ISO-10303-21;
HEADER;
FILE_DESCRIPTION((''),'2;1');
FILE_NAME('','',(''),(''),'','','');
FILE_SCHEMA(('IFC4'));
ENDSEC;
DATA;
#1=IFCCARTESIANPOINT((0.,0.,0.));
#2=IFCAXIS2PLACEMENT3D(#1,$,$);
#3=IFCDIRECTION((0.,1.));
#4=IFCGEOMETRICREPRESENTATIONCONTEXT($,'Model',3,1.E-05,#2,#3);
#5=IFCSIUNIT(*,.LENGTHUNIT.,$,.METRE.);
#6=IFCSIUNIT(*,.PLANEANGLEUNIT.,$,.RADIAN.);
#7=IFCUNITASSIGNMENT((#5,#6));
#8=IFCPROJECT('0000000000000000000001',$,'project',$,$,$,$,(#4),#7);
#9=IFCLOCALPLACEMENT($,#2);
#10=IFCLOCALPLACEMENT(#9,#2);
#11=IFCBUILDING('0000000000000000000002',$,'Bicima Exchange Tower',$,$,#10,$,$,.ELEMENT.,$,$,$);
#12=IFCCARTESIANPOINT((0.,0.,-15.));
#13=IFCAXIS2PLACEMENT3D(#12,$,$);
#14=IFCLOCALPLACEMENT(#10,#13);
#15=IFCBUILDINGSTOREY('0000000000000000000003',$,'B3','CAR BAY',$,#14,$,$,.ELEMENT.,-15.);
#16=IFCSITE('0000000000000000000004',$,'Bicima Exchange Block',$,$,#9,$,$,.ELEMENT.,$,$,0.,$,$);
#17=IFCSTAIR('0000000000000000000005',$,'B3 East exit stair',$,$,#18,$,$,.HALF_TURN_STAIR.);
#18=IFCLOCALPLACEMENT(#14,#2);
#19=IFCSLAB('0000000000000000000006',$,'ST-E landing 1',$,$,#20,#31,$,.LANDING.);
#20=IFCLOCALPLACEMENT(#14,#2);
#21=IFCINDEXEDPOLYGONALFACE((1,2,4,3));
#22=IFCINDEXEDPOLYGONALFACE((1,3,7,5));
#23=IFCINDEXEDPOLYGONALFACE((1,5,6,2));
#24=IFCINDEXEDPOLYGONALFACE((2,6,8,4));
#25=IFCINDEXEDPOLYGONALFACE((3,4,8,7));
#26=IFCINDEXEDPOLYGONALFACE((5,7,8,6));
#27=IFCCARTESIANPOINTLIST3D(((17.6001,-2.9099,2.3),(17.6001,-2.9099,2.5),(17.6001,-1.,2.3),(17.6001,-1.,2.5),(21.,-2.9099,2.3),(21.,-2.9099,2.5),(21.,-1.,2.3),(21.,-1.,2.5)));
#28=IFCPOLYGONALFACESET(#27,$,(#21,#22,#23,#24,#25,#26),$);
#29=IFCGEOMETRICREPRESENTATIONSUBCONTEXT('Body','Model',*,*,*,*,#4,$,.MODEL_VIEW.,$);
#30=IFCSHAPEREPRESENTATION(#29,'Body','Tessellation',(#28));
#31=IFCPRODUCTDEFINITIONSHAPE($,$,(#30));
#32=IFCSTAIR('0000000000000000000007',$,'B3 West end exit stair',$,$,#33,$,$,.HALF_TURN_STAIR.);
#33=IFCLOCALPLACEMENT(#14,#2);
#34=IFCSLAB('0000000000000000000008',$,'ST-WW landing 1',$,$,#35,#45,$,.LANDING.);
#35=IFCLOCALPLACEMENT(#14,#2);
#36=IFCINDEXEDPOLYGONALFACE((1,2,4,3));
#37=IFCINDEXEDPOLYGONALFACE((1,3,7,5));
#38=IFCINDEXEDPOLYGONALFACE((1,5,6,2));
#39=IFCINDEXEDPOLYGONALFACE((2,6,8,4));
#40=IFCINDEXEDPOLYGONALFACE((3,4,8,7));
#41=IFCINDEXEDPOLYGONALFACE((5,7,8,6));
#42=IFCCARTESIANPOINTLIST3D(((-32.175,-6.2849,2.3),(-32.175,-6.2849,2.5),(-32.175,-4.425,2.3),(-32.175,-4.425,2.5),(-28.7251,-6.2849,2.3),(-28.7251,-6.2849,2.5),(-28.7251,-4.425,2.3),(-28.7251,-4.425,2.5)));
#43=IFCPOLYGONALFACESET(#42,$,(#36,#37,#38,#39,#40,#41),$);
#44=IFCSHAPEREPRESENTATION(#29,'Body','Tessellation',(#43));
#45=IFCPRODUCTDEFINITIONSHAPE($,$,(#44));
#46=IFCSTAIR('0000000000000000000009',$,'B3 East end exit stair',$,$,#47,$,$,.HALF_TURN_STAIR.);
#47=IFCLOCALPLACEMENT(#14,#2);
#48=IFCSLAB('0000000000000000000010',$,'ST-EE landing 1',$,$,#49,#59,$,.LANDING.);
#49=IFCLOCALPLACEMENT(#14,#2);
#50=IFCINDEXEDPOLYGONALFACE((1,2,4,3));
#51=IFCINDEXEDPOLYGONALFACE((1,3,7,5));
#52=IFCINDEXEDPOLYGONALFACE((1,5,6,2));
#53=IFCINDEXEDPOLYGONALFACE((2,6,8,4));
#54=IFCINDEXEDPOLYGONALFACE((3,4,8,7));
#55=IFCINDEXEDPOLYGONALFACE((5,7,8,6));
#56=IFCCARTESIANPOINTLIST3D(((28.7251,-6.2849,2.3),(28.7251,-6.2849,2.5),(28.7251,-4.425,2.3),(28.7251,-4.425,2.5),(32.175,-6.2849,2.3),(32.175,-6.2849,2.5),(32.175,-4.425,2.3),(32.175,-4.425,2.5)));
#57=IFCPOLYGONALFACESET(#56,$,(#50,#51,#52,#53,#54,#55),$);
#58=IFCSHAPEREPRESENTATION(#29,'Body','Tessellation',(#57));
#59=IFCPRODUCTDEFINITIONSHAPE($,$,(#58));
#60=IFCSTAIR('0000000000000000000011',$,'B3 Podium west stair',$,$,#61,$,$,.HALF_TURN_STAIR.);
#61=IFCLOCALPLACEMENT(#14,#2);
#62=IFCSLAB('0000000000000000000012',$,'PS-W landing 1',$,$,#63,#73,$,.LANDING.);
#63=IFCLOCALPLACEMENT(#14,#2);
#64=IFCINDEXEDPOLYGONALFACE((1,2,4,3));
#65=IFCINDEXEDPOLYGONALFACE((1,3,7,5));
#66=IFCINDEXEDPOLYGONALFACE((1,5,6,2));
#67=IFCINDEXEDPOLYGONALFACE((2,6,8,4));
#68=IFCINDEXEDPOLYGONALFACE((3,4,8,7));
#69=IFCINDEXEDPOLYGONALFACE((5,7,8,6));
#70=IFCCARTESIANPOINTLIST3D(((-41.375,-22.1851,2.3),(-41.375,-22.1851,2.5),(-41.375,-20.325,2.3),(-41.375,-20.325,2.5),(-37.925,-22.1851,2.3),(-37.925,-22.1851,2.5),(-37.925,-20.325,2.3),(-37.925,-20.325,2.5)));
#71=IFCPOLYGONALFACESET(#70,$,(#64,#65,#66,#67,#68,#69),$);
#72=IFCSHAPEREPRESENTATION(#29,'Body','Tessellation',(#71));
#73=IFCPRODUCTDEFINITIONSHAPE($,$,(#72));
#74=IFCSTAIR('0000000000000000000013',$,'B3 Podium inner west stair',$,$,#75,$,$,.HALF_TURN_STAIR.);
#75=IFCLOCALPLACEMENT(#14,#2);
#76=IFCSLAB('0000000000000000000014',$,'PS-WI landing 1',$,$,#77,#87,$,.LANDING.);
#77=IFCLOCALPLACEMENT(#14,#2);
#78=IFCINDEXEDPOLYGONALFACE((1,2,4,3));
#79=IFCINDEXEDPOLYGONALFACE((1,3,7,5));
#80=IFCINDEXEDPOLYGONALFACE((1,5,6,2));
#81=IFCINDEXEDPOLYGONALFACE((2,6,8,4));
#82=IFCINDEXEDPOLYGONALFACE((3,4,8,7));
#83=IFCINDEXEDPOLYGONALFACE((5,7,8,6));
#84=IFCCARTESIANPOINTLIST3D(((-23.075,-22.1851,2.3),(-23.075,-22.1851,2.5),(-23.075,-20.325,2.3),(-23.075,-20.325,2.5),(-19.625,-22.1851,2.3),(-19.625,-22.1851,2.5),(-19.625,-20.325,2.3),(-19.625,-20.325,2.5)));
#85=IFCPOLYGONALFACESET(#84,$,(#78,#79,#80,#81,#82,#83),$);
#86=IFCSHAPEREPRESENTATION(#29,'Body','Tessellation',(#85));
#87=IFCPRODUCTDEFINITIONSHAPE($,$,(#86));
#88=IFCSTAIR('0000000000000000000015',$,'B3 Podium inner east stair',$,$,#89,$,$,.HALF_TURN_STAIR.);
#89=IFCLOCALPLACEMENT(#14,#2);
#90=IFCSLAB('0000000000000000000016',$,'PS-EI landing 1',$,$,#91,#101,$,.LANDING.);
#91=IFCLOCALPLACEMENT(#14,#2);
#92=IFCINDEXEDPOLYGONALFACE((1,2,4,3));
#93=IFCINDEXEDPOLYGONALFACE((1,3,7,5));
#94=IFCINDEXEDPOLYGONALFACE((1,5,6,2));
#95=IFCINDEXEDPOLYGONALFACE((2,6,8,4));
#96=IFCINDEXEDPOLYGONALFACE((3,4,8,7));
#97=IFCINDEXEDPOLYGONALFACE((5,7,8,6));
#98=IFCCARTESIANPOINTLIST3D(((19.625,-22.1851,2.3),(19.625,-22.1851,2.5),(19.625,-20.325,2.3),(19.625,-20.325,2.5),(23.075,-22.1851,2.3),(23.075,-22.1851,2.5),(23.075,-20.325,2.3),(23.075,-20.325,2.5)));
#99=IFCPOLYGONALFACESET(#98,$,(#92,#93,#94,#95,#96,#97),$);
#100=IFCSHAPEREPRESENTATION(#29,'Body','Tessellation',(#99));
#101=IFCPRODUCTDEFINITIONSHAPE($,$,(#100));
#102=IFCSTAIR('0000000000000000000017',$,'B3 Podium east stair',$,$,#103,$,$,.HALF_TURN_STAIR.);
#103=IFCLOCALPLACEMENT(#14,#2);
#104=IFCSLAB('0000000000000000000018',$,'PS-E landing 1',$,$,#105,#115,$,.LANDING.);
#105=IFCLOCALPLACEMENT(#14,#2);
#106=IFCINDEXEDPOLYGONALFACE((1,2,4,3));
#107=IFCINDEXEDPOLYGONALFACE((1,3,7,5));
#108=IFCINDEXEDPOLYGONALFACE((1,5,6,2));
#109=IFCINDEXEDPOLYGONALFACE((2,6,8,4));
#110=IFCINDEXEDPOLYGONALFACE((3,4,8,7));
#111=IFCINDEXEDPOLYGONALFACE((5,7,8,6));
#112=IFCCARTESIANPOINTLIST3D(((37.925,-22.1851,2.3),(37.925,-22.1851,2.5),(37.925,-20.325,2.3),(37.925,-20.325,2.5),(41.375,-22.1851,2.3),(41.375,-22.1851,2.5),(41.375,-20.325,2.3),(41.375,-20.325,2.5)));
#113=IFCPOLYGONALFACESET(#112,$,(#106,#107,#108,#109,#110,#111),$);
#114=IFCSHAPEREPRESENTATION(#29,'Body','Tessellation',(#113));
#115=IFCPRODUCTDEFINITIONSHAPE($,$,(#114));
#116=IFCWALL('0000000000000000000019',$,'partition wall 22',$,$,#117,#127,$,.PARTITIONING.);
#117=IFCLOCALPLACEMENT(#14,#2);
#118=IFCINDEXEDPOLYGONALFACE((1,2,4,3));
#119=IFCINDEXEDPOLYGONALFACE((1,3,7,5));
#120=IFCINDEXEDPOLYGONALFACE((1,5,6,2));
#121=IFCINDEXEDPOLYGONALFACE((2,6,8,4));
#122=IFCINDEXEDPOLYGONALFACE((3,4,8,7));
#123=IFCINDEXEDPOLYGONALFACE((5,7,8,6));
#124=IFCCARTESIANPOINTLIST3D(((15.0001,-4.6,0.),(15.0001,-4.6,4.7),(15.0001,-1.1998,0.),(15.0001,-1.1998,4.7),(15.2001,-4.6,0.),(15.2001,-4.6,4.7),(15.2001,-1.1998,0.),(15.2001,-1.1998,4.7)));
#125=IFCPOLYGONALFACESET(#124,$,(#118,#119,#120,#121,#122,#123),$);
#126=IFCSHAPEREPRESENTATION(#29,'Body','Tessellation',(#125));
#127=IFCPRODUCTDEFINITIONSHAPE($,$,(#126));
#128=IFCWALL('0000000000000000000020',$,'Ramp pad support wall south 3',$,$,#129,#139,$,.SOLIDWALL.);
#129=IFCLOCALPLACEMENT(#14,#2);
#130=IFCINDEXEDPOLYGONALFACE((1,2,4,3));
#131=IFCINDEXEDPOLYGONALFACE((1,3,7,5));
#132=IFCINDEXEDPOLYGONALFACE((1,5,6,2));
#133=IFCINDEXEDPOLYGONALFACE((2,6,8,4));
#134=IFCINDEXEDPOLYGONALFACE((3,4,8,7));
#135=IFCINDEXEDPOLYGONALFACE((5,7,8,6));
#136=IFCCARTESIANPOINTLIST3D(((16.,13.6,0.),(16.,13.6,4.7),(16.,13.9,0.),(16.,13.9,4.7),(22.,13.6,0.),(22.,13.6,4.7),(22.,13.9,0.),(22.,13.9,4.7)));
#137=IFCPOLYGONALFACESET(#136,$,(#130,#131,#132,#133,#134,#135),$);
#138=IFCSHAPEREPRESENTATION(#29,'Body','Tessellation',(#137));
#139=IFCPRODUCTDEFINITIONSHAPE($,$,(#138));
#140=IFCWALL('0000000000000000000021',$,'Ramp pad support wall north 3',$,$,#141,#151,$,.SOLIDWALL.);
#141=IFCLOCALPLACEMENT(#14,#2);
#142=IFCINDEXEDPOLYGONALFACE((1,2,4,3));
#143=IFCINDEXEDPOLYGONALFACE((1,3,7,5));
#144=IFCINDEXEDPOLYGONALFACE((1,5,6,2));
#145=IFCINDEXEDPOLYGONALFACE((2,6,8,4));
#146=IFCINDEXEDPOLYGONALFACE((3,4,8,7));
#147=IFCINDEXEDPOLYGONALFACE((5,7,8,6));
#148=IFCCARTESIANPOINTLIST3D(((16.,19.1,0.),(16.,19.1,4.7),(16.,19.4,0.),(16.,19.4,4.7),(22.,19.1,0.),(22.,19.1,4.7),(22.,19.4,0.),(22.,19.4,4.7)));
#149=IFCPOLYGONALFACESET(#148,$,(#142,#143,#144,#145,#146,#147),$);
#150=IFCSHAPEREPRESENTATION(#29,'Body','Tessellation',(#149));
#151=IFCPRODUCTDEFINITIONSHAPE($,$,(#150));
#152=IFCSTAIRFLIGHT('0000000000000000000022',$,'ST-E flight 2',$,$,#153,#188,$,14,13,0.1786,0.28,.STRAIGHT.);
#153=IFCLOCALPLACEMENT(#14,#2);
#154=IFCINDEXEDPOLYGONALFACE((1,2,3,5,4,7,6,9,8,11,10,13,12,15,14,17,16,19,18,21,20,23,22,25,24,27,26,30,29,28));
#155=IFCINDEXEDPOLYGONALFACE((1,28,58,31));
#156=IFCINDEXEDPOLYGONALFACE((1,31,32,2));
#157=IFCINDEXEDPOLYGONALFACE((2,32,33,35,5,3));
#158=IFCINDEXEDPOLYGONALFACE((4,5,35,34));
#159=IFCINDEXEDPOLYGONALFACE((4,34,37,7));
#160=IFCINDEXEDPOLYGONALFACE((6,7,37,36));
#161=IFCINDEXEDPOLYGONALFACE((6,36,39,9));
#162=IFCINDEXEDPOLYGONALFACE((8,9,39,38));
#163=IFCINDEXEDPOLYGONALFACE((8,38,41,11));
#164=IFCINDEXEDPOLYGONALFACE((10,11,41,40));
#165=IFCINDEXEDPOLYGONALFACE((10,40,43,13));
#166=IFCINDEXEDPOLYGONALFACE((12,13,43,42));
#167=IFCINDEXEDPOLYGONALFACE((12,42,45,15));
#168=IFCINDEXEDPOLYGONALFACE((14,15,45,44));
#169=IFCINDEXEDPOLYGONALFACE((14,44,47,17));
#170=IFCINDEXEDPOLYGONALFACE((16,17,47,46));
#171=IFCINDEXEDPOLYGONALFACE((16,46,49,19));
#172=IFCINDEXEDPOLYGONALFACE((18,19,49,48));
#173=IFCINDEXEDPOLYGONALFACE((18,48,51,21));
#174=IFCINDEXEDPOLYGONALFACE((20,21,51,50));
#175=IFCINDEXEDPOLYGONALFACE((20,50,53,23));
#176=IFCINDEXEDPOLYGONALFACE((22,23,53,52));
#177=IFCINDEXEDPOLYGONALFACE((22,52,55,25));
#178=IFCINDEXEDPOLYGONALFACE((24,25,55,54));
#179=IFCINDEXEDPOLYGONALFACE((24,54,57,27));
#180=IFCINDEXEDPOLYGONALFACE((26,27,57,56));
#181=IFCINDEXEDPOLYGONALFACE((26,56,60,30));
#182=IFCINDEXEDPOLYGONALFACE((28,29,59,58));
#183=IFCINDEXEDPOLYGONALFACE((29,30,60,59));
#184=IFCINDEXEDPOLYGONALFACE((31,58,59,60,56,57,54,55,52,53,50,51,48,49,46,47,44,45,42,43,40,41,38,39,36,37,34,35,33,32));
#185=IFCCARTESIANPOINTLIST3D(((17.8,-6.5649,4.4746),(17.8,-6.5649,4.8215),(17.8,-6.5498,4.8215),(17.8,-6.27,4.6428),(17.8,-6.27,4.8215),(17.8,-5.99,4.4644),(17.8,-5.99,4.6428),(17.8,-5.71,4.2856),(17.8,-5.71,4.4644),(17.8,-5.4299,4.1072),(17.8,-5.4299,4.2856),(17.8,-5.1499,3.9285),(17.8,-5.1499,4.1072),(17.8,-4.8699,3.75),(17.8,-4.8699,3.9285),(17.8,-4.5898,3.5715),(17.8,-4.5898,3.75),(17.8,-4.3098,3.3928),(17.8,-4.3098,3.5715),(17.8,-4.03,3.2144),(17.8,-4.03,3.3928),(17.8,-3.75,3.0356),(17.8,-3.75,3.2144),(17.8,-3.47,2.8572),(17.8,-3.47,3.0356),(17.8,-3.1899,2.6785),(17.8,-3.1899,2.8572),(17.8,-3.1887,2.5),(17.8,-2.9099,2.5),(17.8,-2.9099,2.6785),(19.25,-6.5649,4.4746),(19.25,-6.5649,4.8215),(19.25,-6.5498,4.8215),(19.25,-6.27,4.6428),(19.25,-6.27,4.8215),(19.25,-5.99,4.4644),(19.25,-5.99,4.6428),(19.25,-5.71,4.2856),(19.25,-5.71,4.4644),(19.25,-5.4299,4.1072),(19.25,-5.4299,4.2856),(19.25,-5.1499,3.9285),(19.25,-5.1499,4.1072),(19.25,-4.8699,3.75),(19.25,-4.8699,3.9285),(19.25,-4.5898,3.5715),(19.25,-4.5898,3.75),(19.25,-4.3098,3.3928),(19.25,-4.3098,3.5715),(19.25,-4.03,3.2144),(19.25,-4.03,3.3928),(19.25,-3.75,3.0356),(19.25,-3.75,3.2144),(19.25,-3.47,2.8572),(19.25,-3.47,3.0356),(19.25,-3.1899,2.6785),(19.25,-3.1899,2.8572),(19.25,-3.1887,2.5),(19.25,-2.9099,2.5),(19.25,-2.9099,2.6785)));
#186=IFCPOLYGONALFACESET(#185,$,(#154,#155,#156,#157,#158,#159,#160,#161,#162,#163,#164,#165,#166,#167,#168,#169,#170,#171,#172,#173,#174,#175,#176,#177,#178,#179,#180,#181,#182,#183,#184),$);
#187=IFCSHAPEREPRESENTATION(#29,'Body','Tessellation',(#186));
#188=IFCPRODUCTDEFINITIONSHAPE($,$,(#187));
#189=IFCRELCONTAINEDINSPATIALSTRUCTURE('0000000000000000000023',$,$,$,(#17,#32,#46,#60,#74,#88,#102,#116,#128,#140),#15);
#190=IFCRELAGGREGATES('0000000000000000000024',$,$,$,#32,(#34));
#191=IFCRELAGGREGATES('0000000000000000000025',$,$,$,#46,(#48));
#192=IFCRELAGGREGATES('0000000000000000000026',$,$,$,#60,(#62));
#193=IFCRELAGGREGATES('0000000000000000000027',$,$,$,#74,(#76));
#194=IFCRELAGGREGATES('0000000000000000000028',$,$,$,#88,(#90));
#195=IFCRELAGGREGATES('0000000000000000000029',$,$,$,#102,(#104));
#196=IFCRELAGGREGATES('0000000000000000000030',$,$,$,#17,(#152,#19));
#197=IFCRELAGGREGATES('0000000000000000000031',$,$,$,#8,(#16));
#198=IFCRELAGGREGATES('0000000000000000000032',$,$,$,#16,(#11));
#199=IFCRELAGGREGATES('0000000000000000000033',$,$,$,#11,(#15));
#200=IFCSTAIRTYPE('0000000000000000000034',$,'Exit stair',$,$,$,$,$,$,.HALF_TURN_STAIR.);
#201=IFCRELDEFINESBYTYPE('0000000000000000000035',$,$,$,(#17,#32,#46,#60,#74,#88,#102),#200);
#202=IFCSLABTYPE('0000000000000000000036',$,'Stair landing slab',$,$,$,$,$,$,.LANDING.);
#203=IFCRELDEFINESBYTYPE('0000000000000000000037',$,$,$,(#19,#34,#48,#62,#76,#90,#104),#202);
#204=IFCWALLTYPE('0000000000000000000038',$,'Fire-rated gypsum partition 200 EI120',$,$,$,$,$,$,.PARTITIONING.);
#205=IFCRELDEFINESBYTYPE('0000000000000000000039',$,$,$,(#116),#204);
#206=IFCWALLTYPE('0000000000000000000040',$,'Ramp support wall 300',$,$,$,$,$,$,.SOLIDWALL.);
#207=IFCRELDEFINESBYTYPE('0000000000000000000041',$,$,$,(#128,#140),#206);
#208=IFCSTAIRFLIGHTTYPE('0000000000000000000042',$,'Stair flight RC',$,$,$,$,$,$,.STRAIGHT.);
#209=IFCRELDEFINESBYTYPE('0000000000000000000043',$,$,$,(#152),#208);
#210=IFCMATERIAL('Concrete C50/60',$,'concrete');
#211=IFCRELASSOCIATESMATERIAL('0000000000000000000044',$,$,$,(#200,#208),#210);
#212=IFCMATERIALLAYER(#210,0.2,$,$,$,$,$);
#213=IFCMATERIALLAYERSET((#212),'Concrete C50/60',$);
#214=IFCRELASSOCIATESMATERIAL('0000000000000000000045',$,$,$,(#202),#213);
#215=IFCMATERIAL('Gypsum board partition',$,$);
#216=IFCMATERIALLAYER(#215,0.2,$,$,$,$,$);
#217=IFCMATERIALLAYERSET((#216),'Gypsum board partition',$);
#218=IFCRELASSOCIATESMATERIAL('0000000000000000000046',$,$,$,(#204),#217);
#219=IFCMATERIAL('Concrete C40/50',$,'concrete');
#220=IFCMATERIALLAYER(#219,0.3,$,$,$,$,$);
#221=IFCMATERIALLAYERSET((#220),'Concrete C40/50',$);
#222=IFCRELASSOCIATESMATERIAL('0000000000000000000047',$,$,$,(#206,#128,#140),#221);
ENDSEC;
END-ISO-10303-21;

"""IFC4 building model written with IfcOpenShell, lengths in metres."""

from ifc_helpers import new_model, si_unit, direction, frame, frame_2d, origin, place, context, subcontext, project, spatial, polyline, rectangle, outline, extrude, material, layer, layer_set, layer_usage, type_object, element, aggregate, save


model = new_model("IFC4")

# Units and contexts
model_context = context("Model", 3, precision=1e-05, world=origin(), true_north=direction((0.0, 1.0)))
body_context = subcontext(model_context, "Body", "Model", "MODEL_VIEW")
ifc_project = project(units=[si_unit("LENGTHUNIT", "METRE"), si_unit("PLANEANGLEUNIT", "RADIAN")], contexts=[model_context])

# Site, building, storey
site_placement = place(None, origin())
site = spatial("IfcSite", under=ifc_project, at=site_placement, Name="Bicima Exchange Block", CompositionType="ELEMENT", RefElevation=0.0)
building_placement = place(site_placement, origin())
building = spatial("IfcBuilding", under=site, at=building_placement, Name="Bicima Exchange Tower", CompositionType="ELEMENT")
storey_placement = place(building_placement, frame((0.0, 0.0, -15.0)))
storey = spatial("IfcBuildingStorey", under=building, at=storey_placement, Name="B3", Description="CAR BAY", CompositionType="ELEMENT", Elevation=-15.0)

# Shared definitions
ifc_material_1 = material(Name="Concrete C40/50", Category="concrete")

# Stairs, slabs
ifc_material_2 = material(Name="Concrete C50/60", Category="concrete")
stair_type_1 = type_object("IfcStairType", Name="Exit stair", PredefinedType="HALF_TURN_STAIR", material=ifc_material_2)
ifc_layer_1 = layer(ifc_material_2, 0.2)
ifc_layer_set_1 = layer_set([ifc_layer_1], Name="Concrete C50/60")
slab_type = type_object("IfcSlabType", Name="Stair landing slab", PredefinedType="LANDING", material=ifc_layer_set_1)
stair_1_placement = place(storey_placement, origin())
stair_1 = element("IfcStair", 1, at=stair_1_placement, inside=storey, type_object=stair_type_1, Name="B3 East exit stair", PredefinedType="HALF_TURN_STAIR")
slab_1_placement = place(storey_placement, frame((0.0, 0.0, 2.3)))
slab_1 = element("IfcSlab", 2, at=slab_1_placement, type_object=slab_type, Name="ST-E landing 1", PredefinedType="LANDING", context=body_context, shape_type="SweptSolid", body=[
    extrude(outline(polyline([(21.0, -2.9099), (21.0, -1.0), (17.6001, -1.0), (17.6001, -2.9099), (21.0, -2.9099)])), origin(), (0.0, 0.0, 1.0), 0.2),
])
stair_2_placement = place(storey_placement, origin())
stair_2 = element("IfcStair", 3, at=stair_2_placement, inside=storey, type_object=stair_type_1, Name="B3 West end exit stair", PredefinedType="HALF_TURN_STAIR")
slab_2_placement = place(storey_placement, frame((0.0, 0.0, 2.3)))
slab_2 = element("IfcSlab", 4, at=slab_2_placement, type_object=slab_type, Name="ST-WW landing 1", PredefinedType="LANDING", context=body_context, shape_type="SweptSolid", body=[
    extrude(outline(polyline([(-28.7251, -6.2849), (-28.7251, -4.425), (-32.175, -4.425), (-32.175, -6.2849), (-28.7251, -6.2849)])), origin(), (0.0, 0.0, 1.0), 0.2),
])
aggregate(stair_2, [slab_2])
stair_3_placement = place(storey_placement, origin())
stair_3 = element("IfcStair", 5, at=stair_3_placement, inside=storey, type_object=stair_type_1, Name="B3 East end exit stair", PredefinedType="HALF_TURN_STAIR")
slab_3_placement = place(storey_placement, frame((0.0, 0.0, 2.3)))
slab_3 = element("IfcSlab", 6, at=slab_3_placement, type_object=slab_type, Name="ST-EE landing 1", PredefinedType="LANDING", context=body_context, shape_type="SweptSolid", body=[
    extrude(outline(polyline([(32.175, -6.2849), (32.175, -4.425), (28.7251, -4.425), (28.7251, -6.2849), (32.175, -6.2849)])), origin(), (0.0, 0.0, 1.0), 0.2),
])
aggregate(stair_3, [slab_3])
stair_4_placement = place(storey_placement, origin())
stair_4 = element("IfcStair", 7, at=stair_4_placement, inside=storey, type_object=stair_type_1, Name="B3 Podium west stair", PredefinedType="HALF_TURN_STAIR")
slab_4_placement = place(storey_placement, frame((0.0, 0.0, 2.3)))
slab_4 = element("IfcSlab", 8, at=slab_4_placement, type_object=slab_type, Name="PS-W landing 1", PredefinedType="LANDING", context=body_context, shape_type="SweptSolid", body=[
    extrude(outline(polyline([(-37.925, -22.1851), (-37.925, -20.325), (-41.375, -20.325), (-41.375, -22.1851), (-37.925, -22.1851)])), origin(), (0.0, 0.0, 1.0), 0.2),
])
aggregate(stair_4, [slab_4])
stair_5_placement = place(storey_placement, origin())
stair_5 = element("IfcStair", 9, at=stair_5_placement, inside=storey, type_object=stair_type_1, Name="B3 Podium inner west stair", PredefinedType="HALF_TURN_STAIR")
slab_5_placement = place(storey_placement, frame((0.0, 0.0, 2.3)))
slab_5 = element("IfcSlab", 10, at=slab_5_placement, type_object=slab_type, Name="PS-WI landing 1", PredefinedType="LANDING", context=body_context, shape_type="SweptSolid", body=[
    extrude(outline(polyline([(-19.625, -22.1851), (-19.625, -20.325), (-23.075, -20.325), (-23.075, -22.1851), (-19.625, -22.1851)])), origin(), (0.0, 0.0, 1.0), 0.2),
])
aggregate(stair_5, [slab_5])
stair_6_placement = place(storey_placement, origin())
stair_6 = element("IfcStair", 11, at=stair_6_placement, inside=storey, type_object=stair_type_1, Name="B3 Podium inner east stair", PredefinedType="HALF_TURN_STAIR")
slab_6_placement = place(storey_placement, frame((0.0, 0.0, 2.3)))
slab_6 = element("IfcSlab", 12, at=slab_6_placement, type_object=slab_type, Name="PS-EI landing 1", PredefinedType="LANDING", context=body_context, shape_type="SweptSolid", body=[
    extrude(outline(polyline([(23.075, -22.1851), (23.075, -20.325), (19.625, -20.325), (19.625, -22.1851), (23.075, -22.1851)])), origin(), (0.0, 0.0, 1.0), 0.2),
])
aggregate(stair_6, [slab_6])
stair_7_placement = place(storey_placement, origin())
stair_7 = element("IfcStair", 13, at=stair_7_placement, inside=storey, type_object=stair_type_1, Name="B3 Podium east stair", PredefinedType="HALF_TURN_STAIR")
slab_7_placement = place(storey_placement, frame((0.0, 0.0, 2.3)))
slab_7 = element("IfcSlab", 14, at=slab_7_placement, type_object=slab_type, Name="PS-E landing 1", PredefinedType="LANDING", context=body_context, shape_type="SweptSolid", body=[
    extrude(outline(polyline([(41.375, -22.1851), (41.375, -20.325), (37.925, -20.325), (37.925, -22.1851), (41.375, -22.1851)])), origin(), (0.0, 0.0, 1.0), 0.2),
])
aggregate(stair_7, [slab_7])

# Walls
ifc_material_3 = material(Name="Gypsum board partition")
ifc_layer_2 = layer(ifc_material_3, 0.2)
ifc_layer_set_2 = layer_set([ifc_layer_2], Name="Gypsum board partition")
wall_type_1 = type_object("IfcWallType", Name="Fire-rated gypsum partition 200 EI120", PredefinedType="PARTITIONING", material=ifc_layer_set_2)
wall_placement = place(storey_placement, frame((15.1001, -4.6001, 0.0), z_axis=(0.0, 0.0, 1.0), x_axis=(0.0, 1.0, 0.0)))
element("IfcWall", 15, at=wall_placement, inside=storey, type_object=wall_type_1, Name="partition wall 22", PredefinedType="PARTITIONING", context=body_context, shape_type="SweptSolid", body=[
    extrude(rectangle(XDim=3.4001, YDim=0.2, at=frame_2d((1.7002, 0.0))), origin(), (0.0, 0.0, 1.0), 4.7),
])
ifc_layer_3 = layer(ifc_material_1, 0.3)
ifc_layer_set_3 = layer_set([ifc_layer_3], Name="Concrete C40/50")
ifc_layer_usage = layer_usage(ifc_layer_set_3, "AXIS2", "POSITIVE", -0.15)
wall_type_2 = type_object("IfcWallType", Name="Ramp support wall 300", PredefinedType="SOLIDWALL", material=ifc_layer_set_3)
for number, where, z_axis, x_axis, name in (
    (16, (16.0, 13.75, 0.0), (0.0, 0.0, 1.0), (1.0, 0.0, 0.0), "Ramp pad support wall south 3"),
    (17, (16.0, 19.25, 0.0), (0.0, 0.0, 1.0), (1.0, 0.0, 0.0), "Ramp pad support wall north 3"),
):
    element("IfcWall", number, at=place(storey_placement, frame(where, z_axis=z_axis, x_axis=x_axis)), inside=storey, type_object=wall_type_2, material=ifc_layer_usage, Name=name, PredefinedType="SOLIDWALL", context=body_context, shape_type="SweptSolid", body=[
        extrude(rectangle(XDim=6.0, YDim=0.3, at=frame_2d((3.0, 0.0))), origin(), (0.0, 0.0, 1.0), 4.7),
    ])

# Stair flight
stair_flight_type = type_object("IfcStairFlightType", Name="Stair flight RC", PredefinedType="STRAIGHT", material=ifc_material_2)
stair_flight_placement = place(storey_placement, frame((18.5249, -2.9099, 2.5), z_axis=(0.0, 0.0, 1.0), x_axis=(0.0, -1.0, 0.0)))
stair_flight = element("IfcStairFlight", 18, at=stair_flight_placement, type_object=stair_flight_type, Name="ST-E flight 2", NumberOfRisers=14, NumberOfTreads=13, PredefinedType="STRAIGHT", RiserHeight=0.1786, TreadLength=0.28, context=body_context, shape_type="SweptSolid", body=[
    extrude(outline(polyline([(0.0, 0.0), (0.0, 0.1785), (0.28, 0.1785), (0.28, 0.3572), (0.5601, 0.3572), (0.5601, 0.5356), (0.8401, 0.5356), (0.8401, 0.7144), (1.1201, 0.7144), (1.1201, 0.8928), (1.3999, 0.8928), (1.3999, 1.0715), (1.6799, 1.0715), (1.6799, 1.25), (1.96, 1.25), (1.96, 1.4285), (2.24, 1.4285), (2.24, 1.6072), (2.52, 1.6072), (2.52, 1.7856), (2.8, 1.7856), (2.8, 1.9644), (3.0801, 1.9644), (3.0801, 2.1428), (3.3601, 2.1428), (3.3601, 2.3215), (3.6399, 2.3215), (3.655, 2.3215), (3.655, 1.9746), (0.2788, 0.0), (0.0, 0.0)])), frame((0.0, 0.7251, 0.0), z_axis=(0.0, -1.0, 0.0), x_axis=(1.0, 0.0, 0.0)), (0.0, 0.0, 1.0), 1.45),
])
aggregate(stair_1, [stair_flight, slab_1])

save(model, "model.ifc")
